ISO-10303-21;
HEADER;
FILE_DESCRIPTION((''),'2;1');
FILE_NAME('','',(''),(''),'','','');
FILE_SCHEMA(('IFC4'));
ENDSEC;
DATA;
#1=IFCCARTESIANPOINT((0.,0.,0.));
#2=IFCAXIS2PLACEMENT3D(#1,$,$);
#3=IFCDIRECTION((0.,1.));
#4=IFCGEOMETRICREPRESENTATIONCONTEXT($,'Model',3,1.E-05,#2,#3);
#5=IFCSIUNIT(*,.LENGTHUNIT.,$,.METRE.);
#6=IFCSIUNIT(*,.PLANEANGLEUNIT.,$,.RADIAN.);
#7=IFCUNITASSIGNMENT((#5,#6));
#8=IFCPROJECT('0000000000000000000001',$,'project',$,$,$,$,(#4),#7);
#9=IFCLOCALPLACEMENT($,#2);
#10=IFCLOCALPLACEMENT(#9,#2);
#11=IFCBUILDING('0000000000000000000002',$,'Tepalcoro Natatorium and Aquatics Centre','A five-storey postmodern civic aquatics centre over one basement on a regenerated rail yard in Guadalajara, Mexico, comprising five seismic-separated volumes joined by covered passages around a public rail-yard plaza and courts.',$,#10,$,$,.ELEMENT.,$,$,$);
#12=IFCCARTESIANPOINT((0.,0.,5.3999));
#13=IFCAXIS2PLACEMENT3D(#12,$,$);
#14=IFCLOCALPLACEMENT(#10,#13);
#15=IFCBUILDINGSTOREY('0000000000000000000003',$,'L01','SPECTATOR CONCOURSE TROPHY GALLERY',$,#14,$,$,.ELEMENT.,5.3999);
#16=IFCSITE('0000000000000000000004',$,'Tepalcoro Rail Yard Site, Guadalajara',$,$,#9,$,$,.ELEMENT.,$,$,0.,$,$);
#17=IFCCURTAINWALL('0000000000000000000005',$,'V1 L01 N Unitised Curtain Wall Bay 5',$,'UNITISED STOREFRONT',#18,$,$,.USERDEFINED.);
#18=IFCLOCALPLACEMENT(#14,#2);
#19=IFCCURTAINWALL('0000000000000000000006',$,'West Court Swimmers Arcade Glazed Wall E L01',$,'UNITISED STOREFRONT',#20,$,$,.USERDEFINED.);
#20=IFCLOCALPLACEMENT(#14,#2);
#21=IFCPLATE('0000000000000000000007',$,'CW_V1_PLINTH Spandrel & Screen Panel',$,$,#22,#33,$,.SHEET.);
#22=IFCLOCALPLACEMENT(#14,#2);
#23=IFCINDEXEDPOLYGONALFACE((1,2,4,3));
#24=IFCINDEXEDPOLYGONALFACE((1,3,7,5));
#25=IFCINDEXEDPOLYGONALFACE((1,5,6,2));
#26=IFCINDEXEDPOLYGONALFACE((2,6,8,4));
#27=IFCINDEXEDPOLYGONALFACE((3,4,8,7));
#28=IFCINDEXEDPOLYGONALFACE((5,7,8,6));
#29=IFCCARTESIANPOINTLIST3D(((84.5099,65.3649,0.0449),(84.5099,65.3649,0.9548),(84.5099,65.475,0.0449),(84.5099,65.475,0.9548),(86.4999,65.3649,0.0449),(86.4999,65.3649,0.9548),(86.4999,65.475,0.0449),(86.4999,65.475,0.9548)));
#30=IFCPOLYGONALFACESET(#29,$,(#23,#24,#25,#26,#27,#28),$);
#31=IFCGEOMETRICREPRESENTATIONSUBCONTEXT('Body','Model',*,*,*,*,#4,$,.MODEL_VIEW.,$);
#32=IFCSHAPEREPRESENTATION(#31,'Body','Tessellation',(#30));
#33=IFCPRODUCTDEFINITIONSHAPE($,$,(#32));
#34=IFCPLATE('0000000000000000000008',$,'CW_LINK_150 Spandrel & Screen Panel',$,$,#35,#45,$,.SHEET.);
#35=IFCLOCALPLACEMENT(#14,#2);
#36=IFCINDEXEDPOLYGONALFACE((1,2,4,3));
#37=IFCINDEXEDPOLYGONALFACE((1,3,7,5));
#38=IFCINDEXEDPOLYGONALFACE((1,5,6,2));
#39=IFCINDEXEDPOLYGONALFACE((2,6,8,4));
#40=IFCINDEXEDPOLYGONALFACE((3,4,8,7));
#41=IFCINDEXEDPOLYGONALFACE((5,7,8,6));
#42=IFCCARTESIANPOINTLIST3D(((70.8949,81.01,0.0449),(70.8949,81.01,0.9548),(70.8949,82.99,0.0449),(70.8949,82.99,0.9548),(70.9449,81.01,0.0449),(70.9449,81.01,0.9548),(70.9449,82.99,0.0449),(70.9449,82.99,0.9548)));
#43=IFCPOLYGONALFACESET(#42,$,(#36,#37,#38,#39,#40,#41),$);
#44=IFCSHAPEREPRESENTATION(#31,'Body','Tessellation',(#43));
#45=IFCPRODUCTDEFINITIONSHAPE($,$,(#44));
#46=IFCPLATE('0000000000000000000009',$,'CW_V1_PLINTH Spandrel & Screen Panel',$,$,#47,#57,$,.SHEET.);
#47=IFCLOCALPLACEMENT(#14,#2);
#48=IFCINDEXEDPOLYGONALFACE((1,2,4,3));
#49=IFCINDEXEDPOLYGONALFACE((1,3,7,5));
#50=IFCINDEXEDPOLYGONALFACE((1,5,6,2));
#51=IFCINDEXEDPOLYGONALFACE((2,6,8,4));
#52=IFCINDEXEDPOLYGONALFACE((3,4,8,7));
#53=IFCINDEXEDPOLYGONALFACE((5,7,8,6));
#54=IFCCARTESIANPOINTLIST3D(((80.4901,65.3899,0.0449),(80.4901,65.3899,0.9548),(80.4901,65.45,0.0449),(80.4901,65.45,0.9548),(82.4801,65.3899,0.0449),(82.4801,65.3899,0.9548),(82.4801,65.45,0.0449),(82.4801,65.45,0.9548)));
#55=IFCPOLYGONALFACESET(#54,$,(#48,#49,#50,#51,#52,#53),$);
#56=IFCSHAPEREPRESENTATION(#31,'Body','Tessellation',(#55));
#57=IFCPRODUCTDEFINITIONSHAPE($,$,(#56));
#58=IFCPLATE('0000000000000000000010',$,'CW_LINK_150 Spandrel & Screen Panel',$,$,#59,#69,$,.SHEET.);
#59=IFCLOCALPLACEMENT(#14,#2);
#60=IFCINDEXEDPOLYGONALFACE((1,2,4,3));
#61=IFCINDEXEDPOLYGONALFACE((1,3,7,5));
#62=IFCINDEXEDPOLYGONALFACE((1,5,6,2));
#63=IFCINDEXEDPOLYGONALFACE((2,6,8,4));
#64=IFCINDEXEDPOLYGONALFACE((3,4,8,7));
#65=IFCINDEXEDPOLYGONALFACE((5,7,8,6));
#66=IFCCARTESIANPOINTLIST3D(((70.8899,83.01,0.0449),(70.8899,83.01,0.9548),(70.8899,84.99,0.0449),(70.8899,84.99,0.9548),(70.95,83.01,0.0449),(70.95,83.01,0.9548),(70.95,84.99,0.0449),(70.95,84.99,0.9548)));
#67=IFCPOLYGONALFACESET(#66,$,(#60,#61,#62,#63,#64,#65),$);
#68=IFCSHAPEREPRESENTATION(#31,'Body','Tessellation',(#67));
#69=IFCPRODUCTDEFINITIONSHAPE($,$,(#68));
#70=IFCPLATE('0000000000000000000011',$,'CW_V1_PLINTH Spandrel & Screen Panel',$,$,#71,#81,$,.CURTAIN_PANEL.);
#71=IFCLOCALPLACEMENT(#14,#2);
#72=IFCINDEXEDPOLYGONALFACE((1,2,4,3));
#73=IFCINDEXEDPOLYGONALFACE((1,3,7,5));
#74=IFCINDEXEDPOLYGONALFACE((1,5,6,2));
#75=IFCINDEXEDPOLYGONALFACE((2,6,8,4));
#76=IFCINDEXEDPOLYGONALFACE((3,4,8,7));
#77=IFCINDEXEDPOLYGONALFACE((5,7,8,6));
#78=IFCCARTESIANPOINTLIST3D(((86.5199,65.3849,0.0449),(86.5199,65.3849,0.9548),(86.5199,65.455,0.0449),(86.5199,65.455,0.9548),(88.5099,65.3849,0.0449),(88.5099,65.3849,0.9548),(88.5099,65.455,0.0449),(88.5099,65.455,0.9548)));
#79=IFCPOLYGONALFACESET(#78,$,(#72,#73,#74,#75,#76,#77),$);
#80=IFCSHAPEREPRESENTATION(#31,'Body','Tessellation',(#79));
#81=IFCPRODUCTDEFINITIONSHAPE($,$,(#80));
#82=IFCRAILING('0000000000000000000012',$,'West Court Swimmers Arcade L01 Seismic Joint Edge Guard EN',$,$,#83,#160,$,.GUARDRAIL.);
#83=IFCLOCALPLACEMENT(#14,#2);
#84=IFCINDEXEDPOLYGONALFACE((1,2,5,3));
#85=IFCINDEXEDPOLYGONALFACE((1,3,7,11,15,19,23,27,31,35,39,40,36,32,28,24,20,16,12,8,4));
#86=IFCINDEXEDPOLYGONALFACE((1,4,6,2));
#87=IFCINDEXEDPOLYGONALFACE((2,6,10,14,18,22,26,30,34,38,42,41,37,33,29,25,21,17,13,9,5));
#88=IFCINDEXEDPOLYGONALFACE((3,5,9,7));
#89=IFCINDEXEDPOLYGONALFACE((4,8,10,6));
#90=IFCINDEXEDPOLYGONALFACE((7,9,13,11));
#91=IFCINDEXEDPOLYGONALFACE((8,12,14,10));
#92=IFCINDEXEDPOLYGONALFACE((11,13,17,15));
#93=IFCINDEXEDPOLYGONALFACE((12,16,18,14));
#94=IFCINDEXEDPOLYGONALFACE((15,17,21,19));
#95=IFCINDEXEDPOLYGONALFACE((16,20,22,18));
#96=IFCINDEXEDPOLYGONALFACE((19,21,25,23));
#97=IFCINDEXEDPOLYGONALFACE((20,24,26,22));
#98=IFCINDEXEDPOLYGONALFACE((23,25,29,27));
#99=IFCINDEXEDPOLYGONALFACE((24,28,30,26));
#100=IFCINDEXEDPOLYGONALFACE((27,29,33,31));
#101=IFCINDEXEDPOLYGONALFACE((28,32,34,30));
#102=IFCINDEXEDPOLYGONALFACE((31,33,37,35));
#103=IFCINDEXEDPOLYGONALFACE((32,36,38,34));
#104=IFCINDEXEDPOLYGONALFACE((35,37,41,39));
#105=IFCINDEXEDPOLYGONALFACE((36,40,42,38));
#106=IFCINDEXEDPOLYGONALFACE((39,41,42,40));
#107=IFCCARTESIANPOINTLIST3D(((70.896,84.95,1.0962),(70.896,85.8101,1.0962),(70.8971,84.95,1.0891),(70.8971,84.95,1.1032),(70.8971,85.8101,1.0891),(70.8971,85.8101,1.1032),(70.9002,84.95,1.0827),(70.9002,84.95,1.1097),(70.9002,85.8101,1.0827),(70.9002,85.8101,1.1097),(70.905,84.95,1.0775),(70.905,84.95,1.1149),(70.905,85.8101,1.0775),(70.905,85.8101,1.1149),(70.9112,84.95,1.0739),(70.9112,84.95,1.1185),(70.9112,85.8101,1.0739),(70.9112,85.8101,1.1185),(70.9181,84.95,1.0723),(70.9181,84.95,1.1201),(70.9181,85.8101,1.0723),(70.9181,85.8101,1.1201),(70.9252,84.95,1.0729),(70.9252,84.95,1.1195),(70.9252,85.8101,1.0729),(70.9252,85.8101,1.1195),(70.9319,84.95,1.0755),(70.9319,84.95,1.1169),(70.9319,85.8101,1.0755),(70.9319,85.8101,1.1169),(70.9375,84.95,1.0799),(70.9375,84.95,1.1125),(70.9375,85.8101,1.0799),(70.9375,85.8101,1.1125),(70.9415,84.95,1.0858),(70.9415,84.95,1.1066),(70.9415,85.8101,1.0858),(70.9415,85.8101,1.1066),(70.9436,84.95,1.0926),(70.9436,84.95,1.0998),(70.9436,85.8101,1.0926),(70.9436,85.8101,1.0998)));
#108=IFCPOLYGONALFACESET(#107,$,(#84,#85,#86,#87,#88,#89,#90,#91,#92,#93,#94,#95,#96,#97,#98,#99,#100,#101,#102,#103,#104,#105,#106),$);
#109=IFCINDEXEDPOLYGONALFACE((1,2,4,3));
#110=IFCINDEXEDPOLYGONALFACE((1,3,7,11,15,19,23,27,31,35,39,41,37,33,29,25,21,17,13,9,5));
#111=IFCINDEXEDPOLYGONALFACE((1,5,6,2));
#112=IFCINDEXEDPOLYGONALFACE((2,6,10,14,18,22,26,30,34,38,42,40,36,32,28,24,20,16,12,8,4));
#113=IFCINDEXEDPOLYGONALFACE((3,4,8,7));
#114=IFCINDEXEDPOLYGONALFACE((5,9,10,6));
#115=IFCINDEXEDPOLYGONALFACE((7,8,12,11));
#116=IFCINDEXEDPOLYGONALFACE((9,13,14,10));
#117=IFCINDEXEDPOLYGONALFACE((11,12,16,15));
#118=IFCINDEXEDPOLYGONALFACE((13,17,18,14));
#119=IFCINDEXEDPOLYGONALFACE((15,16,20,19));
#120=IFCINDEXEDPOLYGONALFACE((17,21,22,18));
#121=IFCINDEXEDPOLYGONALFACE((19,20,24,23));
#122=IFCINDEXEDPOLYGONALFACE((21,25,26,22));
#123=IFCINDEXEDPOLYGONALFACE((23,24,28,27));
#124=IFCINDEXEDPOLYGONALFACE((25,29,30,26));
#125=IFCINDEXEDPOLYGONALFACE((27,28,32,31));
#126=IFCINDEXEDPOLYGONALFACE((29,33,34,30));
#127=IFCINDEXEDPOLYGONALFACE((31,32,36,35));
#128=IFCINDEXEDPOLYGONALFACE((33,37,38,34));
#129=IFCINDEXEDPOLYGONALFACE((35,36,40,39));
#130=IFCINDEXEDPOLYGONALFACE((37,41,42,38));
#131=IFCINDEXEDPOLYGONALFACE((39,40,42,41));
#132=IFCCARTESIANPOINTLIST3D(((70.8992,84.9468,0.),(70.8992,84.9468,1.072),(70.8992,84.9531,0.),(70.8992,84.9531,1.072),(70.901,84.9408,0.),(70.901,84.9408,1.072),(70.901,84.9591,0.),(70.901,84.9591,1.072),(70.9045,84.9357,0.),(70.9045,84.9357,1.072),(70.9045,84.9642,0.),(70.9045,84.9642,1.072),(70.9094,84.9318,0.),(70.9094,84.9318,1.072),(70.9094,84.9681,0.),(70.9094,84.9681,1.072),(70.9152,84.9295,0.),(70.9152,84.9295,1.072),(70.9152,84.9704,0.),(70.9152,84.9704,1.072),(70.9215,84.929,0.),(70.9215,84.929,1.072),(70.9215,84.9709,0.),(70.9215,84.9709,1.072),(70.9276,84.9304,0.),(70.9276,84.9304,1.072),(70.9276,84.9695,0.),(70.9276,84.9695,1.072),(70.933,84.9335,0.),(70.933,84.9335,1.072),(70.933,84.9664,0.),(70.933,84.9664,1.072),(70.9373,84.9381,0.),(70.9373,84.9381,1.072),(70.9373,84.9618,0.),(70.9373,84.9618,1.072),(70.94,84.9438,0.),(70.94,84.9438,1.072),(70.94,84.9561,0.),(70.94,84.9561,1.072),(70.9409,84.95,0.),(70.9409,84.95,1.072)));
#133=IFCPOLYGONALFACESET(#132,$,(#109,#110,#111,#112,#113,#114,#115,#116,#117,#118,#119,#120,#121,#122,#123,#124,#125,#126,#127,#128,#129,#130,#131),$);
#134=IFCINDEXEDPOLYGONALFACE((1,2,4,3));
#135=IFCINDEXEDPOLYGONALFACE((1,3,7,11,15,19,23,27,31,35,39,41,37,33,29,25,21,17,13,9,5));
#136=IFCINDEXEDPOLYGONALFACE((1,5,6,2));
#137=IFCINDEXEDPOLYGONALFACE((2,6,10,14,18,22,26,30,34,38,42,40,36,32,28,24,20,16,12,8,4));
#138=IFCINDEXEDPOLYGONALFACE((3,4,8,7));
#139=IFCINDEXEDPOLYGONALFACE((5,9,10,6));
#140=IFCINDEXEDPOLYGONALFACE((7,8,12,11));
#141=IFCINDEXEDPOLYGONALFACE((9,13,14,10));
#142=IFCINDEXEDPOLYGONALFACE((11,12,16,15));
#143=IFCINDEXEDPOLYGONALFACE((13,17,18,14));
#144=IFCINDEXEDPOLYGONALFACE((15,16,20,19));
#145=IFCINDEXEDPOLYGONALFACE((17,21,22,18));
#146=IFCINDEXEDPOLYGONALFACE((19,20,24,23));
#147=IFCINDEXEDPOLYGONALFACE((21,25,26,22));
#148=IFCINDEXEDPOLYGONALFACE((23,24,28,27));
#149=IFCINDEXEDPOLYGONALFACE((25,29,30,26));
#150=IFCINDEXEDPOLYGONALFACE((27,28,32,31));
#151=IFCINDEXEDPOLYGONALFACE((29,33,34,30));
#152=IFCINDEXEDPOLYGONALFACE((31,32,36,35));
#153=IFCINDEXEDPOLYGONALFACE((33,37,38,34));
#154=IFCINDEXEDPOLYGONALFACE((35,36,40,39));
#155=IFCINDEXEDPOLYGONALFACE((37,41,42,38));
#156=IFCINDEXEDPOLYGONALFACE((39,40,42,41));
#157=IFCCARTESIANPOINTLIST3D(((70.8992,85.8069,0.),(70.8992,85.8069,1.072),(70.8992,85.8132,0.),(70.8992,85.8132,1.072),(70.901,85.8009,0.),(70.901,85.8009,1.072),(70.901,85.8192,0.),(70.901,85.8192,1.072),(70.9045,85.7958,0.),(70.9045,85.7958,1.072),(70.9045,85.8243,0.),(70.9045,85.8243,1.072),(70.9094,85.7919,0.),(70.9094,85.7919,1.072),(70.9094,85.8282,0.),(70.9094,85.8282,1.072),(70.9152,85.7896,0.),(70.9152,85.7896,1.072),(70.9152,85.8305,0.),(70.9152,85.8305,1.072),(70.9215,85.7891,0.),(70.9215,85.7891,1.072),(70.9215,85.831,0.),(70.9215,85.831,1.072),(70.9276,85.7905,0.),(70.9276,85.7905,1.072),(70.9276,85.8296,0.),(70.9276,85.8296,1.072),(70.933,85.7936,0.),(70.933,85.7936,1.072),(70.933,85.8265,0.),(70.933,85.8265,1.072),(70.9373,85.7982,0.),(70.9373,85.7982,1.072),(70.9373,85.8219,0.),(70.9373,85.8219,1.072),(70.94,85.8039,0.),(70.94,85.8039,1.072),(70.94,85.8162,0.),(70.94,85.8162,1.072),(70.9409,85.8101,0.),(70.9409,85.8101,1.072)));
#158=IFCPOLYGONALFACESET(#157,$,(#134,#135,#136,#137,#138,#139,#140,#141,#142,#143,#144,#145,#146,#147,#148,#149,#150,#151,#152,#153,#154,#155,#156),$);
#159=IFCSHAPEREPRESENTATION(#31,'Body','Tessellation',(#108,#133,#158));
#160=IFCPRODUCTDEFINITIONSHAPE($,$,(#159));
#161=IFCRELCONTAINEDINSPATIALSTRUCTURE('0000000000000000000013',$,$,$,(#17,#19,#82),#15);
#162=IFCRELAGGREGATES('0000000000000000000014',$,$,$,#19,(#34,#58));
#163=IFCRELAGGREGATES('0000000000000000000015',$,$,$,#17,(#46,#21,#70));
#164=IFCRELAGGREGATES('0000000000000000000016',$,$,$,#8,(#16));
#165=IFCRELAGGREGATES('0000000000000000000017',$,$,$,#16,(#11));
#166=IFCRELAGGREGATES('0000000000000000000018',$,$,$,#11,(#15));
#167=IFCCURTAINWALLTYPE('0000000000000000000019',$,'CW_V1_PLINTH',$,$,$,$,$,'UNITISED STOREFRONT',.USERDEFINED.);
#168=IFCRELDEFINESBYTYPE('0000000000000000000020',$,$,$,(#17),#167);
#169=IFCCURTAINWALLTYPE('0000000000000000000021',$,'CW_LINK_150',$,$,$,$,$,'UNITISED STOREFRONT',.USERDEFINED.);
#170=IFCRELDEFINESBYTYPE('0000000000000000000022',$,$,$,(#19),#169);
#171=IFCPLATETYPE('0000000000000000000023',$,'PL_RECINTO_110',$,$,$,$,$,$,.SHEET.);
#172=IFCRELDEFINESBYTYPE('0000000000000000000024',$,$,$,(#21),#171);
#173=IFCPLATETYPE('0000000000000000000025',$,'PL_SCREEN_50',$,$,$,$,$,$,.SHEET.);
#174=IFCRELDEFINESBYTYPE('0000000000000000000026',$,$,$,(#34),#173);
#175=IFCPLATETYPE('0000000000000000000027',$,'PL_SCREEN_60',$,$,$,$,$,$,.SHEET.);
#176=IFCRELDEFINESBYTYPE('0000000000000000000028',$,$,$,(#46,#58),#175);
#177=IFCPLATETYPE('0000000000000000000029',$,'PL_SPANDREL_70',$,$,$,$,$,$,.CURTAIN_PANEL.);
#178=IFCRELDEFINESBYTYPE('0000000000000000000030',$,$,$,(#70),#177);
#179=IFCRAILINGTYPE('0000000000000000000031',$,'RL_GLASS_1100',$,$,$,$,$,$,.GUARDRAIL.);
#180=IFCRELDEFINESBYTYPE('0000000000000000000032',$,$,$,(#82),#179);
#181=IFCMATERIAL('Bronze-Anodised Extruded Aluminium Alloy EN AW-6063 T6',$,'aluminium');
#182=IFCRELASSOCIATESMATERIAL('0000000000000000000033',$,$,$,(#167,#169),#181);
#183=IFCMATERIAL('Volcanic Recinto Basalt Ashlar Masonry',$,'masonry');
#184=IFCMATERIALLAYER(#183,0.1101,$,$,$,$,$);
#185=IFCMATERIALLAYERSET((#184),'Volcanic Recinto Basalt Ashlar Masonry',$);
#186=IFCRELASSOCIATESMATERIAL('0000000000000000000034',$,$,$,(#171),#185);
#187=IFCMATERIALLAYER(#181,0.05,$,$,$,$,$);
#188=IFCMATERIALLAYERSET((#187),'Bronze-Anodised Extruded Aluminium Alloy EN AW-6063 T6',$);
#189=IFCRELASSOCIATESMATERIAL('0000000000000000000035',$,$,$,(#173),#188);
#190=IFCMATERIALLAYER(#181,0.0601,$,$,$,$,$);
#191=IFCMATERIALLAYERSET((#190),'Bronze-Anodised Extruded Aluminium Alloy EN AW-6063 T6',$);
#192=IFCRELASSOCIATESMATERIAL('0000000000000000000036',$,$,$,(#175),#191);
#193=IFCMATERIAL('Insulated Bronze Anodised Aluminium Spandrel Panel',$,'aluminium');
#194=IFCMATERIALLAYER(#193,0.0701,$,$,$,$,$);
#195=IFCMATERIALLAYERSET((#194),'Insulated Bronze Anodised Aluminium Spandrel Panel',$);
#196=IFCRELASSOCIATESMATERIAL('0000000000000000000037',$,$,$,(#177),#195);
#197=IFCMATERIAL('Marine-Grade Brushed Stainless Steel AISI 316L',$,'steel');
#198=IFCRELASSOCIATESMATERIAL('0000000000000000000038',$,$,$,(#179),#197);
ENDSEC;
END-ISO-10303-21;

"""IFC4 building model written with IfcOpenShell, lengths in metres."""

from ifc_helpers import new_model, si_unit, direction, frame, origin, origin_2d, place, context, subcontext, project, spatial, rectangle, circle, extrude, material, layer, layer_set, type_object, element, aggregate, save


model = new_model("IFC4")

# Units and contexts
model_context = context("Model", 3, precision=1e-05, world=origin(), true_north=direction((0.0, 1.0)))
body_context = subcontext(model_context, "Body", "Model", "MODEL_VIEW")
ifc_project = project(units=[si_unit("LENGTHUNIT", "METRE"), si_unit("PLANEANGLEUNIT", "RADIAN")], contexts=[model_context])

# Site, building, storey
site_placement = place(None, origin())
site = spatial("IfcSite", under=ifc_project, at=site_placement, Name="Tepalcoro Rail Yard Site, Guadalajara", CompositionType="ELEMENT", RefElevation=0.0)
building_placement = place(site_placement, origin())
building = spatial("IfcBuilding", under=site, at=building_placement, Name="Tepalcoro Natatorium and Aquatics Centre", Description="A five-storey postmodern civic aquatics centre over one basement on a regenerated rail yard in Guadalajara, Mexico, comprising five seismic-separated volumes joined by covered passages around a public rail-yard plaza and courts.", CompositionType="ELEMENT")
storey_placement = place(building_placement, frame((0.0, 0.0, 5.3999)))
storey = spatial("IfcBuildingStorey", under=building, at=storey_placement, Name="L01", Description="SPECTATOR CONCOURSE TROPHY GALLERY", CompositionType="ELEMENT", Elevation=5.3999)

# Curtain wall
ifc_material_1 = material(Name="Bronze-Anodised Extruded Aluminium Alloy EN AW-6063 T6", Category="aluminium")
curtain_wall_type_1 = type_object("IfcCurtainWallType", Name="CW_V1_PLINTH", ElementType="UNITISED STOREFRONT", PredefinedType="USERDEFINED", material=ifc_material_1)
curtain_wall_1_placement = place(storey_placement, origin())
curtain_wall_1 = element("IfcCurtainWall", 1, at=curtain_wall_1_placement, inside=storey, type_object=curtain_wall_type_1, Name="V1 L01 N Unitised Curtain Wall Bay 5", ObjectType="UNITISED STOREFRONT", PredefinedType="USERDEFINED")

# Curtain wall
curtain_wall_type_2 = type_object("IfcCurtainWallType", Name="CW_LINK_150", ElementType="UNITISED STOREFRONT", PredefinedType="USERDEFINED", material=ifc_material_1)
curtain_wall_2_placement = place(storey_placement, origin())
curtain_wall_2 = element("IfcCurtainWall", 2, at=curtain_wall_2_placement, inside=storey, type_object=curtain_wall_type_2, Name="West Court Swimmers Arcade Glazed Wall E L01", ObjectType="UNITISED STOREFRONT", PredefinedType="USERDEFINED")

# Plates
ifc_material_2 = material(Name="Volcanic Recinto Basalt Ashlar Masonry", Category="masonry")
ifc_layer_1 = layer(ifc_material_2, 0.1101)
ifc_layer_set_1 = layer_set([ifc_layer_1], Name="Volcanic Recinto Basalt Ashlar Masonry")
plate_type_1 = type_object("IfcPlateType", Name="PL_RECINTO_110", PredefinedType="SHEET", material=ifc_layer_set_1)
plate_1_placement = place(storey_placement, frame((85.5049, 65.4199, 0.0449), z_axis=(0.0, 0.0, 1.0), x_axis=(1.0, 0.0, 0.0)))
plate_1 = element("IfcPlate", 3, at=plate_1_placement, type_object=plate_type_1, Name="CW_V1_PLINTH Spandrel & Screen Panel", PredefinedType="SHEET", context=body_context, shape_type="SweptSolid", body=[
    extrude(rectangle(XDim=1.99, YDim=0.1101, at=origin_2d()), origin(), (0.0, 0.0, 1.0), 0.9099),
])
ifc_layer_2 = layer(ifc_material_1, 0.05)
ifc_layer_set_2 = layer_set([ifc_layer_2], Name="Bronze-Anodised Extruded Aluminium Alloy EN AW-6063 T6")
plate_type_2 = type_object("IfcPlateType", Name="PL_SCREEN_50", PredefinedType="SHEET", material=ifc_layer_set_2)
plate_2_placement = place(storey_placement, frame((70.9199, 82.0, 0.0449), z_axis=(0.0, 0.0, 1.0), x_axis=(1.0, 0.0, 0.0)))
plate_2 = element("IfcPlate", 4, at=plate_2_placement, type_object=plate_type_2, Name="CW_LINK_150 Spandrel & Screen Panel", PredefinedType="SHEET", context=body_context, shape_type="SweptSolid", body=[
    extrude(rectangle(XDim=0.05, YDim=1.98, at=origin_2d()), origin(), (0.0, 0.0, 1.0), 0.9099),
])
ifc_layer_3 = layer(ifc_material_1, 0.0601)
ifc_layer_set_3 = layer_set([ifc_layer_3], Name="Bronze-Anodised Extruded Aluminium Alloy EN AW-6063 T6")
plate_type_3 = type_object("IfcPlateType", Name="PL_SCREEN_60", PredefinedType="SHEET", material=ifc_layer_set_3)
plate_3_placement = place(storey_placement, frame((81.4851, 65.4199, 0.0449), z_axis=(0.0, 0.0, 1.0), x_axis=(1.0, 0.0, 0.0)))
plate_3 = element("IfcPlate", 5, at=plate_3_placement, type_object=plate_type_3, Name="CW_V1_PLINTH Spandrel & Screen Panel", PredefinedType="SHEET", context=body_context, shape_type="SweptSolid", body=[
    extrude(rectangle(XDim=1.99, YDim=0.0601, at=origin_2d()), origin(), (0.0, 0.0, 1.0), 0.9099),
])
plate_4_placement = place(storey_placement, frame((70.9199, 84.0, 0.0449), z_axis=(0.0, 0.0, 1.0), x_axis=(1.0, 0.0, 0.0)))
plate_4 = element("IfcPlate", 6, at=plate_4_placement, type_object=plate_type_3, Name="CW_LINK_150 Spandrel & Screen Panel", PredefinedType="SHEET", context=body_context, shape_type="SweptSolid", body=[
    extrude(rectangle(XDim=0.0601, YDim=1.98, at=origin_2d()), origin(), (0.0, 0.0, 1.0), 0.9099),
])
aggregate(curtain_wall_2, [plate_2, plate_4])
ifc_material_3 = material(Name="Insulated Bronze Anodised Aluminium Spandrel Panel", Category="aluminium")
ifc_layer_4 = layer(ifc_material_3, 0.0701)
ifc_layer_set_4 = layer_set([ifc_layer_4], Name="Insulated Bronze Anodised Aluminium Spandrel Panel")
plate_type_4 = type_object("IfcPlateType", Name="PL_SPANDREL_70", PredefinedType="CURTAIN_PANEL", material=ifc_layer_set_4)
plate_5_placement = place(storey_placement, frame((87.5149, 65.4199, 0.0449), z_axis=(0.0, 0.0, 1.0), x_axis=(1.0, 0.0, 0.0)))
plate_5 = element("IfcPlate", 7, at=plate_5_placement, type_object=plate_type_4, Name="CW_V1_PLINTH Spandrel & Screen Panel", PredefinedType="CURTAIN_PANEL", context=body_context, shape_type="SweptSolid", body=[
    extrude(rectangle(XDim=1.99, YDim=0.0701, at=origin_2d()), origin(), (0.0, 0.0, 1.0), 0.9099),
])
aggregate(curtain_wall_1, [plate_3, plate_1, plate_5])

# Railing
ifc_material_4 = material(Name="Marine-Grade Brushed Stainless Steel AISI 316L", Category="steel")
railing_type = type_object("IfcRailingType", Name="RL_GLASS_1100", PredefinedType="GUARDRAIL", material=ifc_material_4)
railing_placement = place(storey_placement, frame((70.9199, 84.95, 0.0)))
element("IfcRailing", 8, at=railing_placement, inside=storey, type_object=railing_type, Name="West Court Swimmers Arcade L01 Seismic Joint Edge Guard EN", PredefinedType="GUARDRAIL", context=body_context, shape_type="SweptSolid", body=[
    extrude(circle(Radius=0.0239, at=origin_2d()), frame((0.0, 0.0, 1.0962), z_axis=(0.0, 1.0, 0.0), x_axis=(-1.0, 0.0, 0.0)), (0.0, 0.0, 1.0), 0.8601),
    extrude(circle(Radius=0.021, at=origin_2d()), origin(), (0.0, 0.0, 1.0), 1.072),
    extrude(circle(Radius=0.021, at=origin_2d()), frame((0.0, 0.8601, 0.0)), (0.0, 0.0, 1.0), 1.072),
])

save(model, "model.ifc")
